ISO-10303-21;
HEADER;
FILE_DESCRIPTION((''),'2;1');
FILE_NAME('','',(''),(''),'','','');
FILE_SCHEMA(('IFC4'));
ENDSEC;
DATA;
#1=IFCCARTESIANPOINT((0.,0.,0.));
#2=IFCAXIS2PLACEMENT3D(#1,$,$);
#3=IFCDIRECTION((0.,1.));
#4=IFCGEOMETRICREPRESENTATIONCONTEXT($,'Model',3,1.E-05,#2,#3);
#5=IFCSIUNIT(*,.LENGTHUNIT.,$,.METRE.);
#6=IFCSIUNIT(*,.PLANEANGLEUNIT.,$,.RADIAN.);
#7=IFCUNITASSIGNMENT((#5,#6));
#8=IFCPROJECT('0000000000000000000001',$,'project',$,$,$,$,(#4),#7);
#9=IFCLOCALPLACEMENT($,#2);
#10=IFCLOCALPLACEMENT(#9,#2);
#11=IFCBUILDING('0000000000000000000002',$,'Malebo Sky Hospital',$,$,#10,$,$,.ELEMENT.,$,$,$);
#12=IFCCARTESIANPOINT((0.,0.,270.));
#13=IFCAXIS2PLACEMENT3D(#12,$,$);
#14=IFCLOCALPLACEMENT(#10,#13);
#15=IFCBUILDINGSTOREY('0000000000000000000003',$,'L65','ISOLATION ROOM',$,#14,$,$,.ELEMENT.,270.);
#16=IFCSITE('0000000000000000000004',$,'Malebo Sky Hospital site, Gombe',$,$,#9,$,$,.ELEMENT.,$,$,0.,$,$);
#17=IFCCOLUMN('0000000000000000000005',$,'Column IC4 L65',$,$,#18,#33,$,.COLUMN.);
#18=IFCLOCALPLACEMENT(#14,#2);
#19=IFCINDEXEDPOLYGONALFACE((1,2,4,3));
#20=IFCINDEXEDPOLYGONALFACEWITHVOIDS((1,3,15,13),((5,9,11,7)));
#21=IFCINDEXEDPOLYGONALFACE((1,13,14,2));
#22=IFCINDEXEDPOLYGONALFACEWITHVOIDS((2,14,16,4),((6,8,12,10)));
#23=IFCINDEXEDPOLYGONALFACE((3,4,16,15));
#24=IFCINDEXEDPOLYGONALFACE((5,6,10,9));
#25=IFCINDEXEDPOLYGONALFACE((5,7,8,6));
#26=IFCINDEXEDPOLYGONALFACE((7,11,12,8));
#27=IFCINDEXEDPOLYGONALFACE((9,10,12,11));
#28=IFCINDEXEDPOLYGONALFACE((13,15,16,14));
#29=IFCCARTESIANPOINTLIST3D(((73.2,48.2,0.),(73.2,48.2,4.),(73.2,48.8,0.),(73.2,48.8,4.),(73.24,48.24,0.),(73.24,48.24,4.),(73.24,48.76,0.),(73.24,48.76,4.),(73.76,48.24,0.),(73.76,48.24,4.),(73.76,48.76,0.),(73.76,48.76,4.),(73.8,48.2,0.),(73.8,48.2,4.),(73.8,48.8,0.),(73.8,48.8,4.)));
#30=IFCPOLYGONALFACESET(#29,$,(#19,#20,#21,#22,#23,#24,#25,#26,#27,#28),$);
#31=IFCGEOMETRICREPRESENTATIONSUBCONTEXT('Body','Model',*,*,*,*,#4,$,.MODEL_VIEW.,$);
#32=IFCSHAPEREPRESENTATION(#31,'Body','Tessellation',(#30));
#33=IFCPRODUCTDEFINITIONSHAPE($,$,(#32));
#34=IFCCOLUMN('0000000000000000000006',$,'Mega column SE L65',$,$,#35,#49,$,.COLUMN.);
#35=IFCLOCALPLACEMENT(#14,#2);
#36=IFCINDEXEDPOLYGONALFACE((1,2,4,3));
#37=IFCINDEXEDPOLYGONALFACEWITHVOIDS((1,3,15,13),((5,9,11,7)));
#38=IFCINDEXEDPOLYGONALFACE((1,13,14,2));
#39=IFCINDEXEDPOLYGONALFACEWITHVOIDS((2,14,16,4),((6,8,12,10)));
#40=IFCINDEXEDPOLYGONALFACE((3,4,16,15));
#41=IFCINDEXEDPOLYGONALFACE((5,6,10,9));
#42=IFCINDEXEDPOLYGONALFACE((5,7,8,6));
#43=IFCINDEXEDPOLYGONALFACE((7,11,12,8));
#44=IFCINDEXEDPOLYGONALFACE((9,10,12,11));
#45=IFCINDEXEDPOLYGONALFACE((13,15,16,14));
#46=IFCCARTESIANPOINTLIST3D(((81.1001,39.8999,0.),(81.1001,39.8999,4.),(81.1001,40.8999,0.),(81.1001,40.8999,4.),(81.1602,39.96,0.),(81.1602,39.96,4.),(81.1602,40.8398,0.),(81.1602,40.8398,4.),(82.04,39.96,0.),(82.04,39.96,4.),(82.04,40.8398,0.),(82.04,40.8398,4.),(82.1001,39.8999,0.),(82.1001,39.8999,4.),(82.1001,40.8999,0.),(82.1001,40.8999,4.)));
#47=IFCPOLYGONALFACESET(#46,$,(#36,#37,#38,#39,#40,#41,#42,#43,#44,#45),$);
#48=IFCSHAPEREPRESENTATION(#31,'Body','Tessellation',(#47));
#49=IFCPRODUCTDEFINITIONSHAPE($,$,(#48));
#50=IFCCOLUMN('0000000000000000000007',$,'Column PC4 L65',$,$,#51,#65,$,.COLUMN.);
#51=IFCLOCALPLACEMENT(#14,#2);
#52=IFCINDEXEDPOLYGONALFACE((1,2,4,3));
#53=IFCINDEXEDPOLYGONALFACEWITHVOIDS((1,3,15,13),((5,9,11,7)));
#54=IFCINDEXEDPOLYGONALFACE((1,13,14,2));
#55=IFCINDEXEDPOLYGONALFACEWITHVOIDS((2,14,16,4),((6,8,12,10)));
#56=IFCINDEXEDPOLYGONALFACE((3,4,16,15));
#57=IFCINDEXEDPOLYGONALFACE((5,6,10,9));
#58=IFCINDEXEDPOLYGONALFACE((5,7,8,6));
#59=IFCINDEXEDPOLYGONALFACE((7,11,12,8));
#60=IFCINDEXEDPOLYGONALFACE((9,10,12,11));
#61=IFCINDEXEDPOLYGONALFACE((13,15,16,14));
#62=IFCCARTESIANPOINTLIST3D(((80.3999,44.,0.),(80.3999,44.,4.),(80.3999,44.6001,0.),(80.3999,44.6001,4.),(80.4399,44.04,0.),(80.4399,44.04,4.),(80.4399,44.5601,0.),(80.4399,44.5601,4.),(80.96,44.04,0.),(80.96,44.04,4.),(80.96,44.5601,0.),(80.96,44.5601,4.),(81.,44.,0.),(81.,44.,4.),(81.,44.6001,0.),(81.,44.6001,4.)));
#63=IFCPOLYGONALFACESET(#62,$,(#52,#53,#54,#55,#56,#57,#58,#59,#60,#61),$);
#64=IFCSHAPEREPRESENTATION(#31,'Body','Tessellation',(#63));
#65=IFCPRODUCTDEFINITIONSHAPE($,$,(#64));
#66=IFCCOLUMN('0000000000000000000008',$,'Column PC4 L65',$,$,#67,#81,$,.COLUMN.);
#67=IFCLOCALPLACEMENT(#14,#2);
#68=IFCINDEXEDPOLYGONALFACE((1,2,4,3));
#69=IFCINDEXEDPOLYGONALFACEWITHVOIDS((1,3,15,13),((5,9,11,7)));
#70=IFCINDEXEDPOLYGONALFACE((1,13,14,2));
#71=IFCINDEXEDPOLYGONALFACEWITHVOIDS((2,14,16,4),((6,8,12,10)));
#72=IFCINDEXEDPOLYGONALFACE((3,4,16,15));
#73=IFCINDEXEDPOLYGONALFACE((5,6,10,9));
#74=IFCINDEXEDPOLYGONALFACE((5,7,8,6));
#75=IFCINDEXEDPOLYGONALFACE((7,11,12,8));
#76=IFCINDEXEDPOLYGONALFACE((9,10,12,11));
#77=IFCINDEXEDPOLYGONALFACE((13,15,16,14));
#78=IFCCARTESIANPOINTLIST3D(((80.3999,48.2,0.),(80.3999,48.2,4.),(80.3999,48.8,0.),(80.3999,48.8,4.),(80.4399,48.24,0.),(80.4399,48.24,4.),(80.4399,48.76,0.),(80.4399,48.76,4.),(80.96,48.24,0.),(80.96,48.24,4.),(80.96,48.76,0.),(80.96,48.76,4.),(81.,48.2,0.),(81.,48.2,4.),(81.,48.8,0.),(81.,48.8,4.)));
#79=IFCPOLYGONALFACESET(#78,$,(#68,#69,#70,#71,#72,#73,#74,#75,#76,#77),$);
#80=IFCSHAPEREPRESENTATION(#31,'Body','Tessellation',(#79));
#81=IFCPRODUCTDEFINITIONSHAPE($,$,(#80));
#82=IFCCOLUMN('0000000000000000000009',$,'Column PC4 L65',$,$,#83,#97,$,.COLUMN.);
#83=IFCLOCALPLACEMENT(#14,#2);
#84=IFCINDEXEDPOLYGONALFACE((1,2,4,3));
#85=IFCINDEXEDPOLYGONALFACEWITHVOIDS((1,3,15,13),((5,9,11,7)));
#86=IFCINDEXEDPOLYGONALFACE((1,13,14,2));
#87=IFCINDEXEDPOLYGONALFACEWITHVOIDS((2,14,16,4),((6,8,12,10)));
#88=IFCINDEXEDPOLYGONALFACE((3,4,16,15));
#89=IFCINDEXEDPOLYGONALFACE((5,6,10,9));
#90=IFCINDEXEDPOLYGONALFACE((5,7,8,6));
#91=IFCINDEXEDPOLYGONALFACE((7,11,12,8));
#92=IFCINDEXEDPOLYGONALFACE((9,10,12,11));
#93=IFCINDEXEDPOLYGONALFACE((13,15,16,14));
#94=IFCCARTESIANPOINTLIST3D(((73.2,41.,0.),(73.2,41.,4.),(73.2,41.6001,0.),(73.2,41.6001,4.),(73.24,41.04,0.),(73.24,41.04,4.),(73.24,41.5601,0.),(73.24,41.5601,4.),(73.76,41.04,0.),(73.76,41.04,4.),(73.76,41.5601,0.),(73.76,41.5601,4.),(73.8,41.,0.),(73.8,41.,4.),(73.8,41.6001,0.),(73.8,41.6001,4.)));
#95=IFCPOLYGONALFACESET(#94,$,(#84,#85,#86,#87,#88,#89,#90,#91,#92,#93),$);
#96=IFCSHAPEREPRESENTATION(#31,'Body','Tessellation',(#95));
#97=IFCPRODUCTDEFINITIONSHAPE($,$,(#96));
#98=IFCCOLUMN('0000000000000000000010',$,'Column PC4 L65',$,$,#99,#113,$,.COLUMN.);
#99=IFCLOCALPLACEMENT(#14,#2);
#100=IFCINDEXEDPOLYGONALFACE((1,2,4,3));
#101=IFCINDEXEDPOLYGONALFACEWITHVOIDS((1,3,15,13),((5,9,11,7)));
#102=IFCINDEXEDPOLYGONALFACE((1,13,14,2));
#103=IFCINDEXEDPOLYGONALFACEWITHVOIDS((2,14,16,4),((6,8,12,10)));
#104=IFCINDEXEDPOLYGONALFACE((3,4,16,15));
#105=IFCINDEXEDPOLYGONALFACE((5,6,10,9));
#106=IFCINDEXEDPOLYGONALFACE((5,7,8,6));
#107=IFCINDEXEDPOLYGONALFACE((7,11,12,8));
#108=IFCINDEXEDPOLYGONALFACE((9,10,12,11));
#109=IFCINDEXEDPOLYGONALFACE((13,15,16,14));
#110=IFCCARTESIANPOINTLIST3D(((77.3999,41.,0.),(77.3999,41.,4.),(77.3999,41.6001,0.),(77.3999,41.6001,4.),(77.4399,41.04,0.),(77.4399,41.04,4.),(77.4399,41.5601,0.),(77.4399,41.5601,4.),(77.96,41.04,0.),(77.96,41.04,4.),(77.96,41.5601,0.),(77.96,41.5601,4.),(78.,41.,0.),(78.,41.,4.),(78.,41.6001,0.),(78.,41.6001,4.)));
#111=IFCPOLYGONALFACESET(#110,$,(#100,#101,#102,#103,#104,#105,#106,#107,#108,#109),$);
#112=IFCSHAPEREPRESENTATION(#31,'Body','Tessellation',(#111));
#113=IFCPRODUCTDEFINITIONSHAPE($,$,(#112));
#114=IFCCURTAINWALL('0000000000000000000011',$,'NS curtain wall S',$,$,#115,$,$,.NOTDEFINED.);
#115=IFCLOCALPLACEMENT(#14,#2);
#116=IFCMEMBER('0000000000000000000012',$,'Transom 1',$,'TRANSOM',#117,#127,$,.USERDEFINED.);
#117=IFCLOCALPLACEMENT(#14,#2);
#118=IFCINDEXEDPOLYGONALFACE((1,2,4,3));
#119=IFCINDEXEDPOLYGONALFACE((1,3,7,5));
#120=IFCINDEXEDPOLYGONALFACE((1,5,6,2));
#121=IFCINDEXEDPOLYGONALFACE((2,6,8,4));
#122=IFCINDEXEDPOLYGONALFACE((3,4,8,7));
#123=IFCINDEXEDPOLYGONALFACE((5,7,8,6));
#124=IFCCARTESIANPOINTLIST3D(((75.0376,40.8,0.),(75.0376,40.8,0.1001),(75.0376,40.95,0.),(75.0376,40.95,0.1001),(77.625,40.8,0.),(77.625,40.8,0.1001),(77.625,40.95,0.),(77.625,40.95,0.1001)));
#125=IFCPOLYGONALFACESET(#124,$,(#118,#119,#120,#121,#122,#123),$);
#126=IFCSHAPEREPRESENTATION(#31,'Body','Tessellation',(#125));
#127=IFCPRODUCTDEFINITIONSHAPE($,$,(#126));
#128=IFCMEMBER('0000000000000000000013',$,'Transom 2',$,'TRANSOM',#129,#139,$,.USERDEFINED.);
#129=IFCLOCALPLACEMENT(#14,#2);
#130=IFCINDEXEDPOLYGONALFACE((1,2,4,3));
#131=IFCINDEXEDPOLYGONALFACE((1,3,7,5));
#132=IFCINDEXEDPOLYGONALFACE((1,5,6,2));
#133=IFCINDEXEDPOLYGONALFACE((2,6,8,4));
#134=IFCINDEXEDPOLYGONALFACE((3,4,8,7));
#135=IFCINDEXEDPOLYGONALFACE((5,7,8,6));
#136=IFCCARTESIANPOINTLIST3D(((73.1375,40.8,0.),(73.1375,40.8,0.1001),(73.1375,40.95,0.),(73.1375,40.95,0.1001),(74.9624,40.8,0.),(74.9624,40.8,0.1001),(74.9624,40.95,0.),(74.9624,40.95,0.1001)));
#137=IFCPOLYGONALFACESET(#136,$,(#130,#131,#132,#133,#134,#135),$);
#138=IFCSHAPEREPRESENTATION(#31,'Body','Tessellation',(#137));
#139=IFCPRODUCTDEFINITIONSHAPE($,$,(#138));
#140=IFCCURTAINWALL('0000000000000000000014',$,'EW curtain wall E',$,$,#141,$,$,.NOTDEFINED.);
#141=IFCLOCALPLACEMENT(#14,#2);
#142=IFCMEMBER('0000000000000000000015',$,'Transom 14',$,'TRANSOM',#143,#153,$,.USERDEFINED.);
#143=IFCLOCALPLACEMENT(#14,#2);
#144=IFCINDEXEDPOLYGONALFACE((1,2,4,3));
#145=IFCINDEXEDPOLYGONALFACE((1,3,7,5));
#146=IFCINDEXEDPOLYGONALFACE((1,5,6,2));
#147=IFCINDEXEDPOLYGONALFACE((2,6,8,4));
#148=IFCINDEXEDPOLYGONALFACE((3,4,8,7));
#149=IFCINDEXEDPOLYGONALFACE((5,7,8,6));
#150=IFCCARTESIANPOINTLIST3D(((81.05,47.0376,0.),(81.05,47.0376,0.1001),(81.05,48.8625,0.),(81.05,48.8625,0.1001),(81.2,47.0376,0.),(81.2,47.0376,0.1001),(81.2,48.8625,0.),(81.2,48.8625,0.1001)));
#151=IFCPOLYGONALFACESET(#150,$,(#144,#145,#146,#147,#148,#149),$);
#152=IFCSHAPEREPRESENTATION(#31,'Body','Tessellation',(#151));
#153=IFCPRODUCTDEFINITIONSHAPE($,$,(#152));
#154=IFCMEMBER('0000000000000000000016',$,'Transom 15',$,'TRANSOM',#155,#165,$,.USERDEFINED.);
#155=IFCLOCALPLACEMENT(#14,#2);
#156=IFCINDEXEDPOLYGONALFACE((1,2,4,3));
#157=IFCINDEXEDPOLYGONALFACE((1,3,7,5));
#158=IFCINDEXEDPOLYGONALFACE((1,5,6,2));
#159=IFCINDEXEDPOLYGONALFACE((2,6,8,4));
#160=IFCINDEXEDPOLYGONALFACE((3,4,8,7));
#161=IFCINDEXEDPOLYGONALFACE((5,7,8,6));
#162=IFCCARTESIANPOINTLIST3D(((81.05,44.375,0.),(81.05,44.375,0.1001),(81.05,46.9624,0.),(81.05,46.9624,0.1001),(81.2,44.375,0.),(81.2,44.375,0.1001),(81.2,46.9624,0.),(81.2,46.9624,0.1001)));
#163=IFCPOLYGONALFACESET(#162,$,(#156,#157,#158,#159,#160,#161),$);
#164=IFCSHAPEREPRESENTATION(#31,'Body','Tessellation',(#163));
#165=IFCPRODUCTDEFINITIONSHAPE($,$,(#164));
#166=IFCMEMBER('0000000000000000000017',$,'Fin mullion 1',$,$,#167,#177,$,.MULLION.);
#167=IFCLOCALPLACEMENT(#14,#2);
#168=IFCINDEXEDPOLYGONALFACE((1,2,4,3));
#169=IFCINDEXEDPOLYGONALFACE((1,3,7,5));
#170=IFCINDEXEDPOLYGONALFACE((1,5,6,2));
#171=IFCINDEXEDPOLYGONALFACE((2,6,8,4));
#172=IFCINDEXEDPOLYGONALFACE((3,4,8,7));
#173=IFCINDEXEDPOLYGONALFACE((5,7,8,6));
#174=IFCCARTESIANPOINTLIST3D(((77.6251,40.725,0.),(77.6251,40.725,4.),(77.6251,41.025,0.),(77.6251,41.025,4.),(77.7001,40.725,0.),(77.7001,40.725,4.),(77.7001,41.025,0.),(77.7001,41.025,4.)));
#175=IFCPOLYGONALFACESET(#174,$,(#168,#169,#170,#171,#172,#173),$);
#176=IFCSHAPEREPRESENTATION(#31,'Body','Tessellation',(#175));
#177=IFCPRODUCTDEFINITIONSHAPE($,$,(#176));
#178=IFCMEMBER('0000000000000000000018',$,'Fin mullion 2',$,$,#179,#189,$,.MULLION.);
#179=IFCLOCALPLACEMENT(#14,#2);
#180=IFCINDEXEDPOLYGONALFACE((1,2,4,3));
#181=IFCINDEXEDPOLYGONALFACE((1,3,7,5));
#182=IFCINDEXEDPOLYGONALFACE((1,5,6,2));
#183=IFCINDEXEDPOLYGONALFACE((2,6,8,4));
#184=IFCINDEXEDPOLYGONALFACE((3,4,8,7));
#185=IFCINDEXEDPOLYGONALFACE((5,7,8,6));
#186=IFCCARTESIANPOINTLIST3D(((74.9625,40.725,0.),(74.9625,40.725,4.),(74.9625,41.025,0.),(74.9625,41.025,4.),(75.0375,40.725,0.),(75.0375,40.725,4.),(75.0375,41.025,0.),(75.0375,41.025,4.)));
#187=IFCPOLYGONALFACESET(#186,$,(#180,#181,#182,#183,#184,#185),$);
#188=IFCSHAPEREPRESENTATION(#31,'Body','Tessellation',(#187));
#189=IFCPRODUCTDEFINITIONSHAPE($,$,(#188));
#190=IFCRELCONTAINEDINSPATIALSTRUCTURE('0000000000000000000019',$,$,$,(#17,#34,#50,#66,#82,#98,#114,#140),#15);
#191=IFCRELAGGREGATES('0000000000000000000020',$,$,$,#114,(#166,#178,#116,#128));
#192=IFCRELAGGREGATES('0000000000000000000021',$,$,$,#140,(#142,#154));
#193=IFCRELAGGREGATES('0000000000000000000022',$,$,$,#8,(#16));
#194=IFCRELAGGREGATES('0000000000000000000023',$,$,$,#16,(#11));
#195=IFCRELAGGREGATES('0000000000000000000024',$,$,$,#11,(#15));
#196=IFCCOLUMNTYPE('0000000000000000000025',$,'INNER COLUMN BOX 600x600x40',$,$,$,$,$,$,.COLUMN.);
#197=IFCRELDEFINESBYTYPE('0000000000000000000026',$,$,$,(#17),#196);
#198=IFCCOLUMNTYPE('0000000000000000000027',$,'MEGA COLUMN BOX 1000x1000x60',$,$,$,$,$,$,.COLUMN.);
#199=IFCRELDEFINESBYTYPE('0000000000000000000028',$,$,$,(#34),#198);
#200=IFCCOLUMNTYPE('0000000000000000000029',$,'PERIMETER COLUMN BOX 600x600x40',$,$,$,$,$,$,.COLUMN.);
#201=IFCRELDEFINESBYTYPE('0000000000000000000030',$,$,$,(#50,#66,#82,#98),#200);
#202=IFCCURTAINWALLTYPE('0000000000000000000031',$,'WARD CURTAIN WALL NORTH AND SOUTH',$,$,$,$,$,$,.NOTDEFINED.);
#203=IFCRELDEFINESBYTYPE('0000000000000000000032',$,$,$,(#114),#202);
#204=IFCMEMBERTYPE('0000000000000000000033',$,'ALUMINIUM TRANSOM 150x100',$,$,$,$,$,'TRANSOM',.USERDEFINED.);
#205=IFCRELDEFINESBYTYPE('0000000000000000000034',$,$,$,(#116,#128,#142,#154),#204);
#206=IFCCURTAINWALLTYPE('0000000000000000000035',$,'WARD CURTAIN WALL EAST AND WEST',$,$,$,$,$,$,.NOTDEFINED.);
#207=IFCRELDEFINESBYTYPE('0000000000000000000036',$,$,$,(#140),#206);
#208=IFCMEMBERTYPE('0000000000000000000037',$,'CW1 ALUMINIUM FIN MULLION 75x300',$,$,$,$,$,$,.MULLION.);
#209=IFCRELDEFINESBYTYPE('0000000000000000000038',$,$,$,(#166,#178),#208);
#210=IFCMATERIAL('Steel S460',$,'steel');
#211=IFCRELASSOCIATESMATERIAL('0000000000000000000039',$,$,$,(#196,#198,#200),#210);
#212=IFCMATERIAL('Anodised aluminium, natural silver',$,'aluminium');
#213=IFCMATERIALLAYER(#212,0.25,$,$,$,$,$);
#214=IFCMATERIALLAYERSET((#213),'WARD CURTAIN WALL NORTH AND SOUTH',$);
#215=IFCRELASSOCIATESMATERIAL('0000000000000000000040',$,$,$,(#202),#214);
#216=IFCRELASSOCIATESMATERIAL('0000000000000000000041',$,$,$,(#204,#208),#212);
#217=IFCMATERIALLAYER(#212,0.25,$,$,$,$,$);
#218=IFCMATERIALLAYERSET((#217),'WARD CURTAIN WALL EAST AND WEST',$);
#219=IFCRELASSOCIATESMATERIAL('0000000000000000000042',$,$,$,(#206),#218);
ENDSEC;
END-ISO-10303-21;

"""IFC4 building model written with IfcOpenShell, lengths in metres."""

from ifc_helpers import new_model, si_unit, direction, frame, origin, origin_2d, place, context, subcontext, project, spatial, rectangle, hollow_rectangle, extrude, material, layer, layer_set, material_profile, profile_set, type_object, element, aggregate, save


model = new_model("IFC4")

# Units and contexts
model_context = context("Model", 3, precision=1e-05, world=origin(), true_north=direction((0.0, 1.0)))
body_context = subcontext(model_context, "Body", "Model", "MODEL_VIEW")
ifc_project = project(units=[si_unit("LENGTHUNIT", "METRE"), si_unit("PLANEANGLEUNIT", "RADIAN")], contexts=[model_context])

# Site, building, storey
site_placement = place(None, origin())
site = spatial("IfcSite", under=ifc_project, at=site_placement, Name="Malebo Sky Hospital site, Gombe", CompositionType="ELEMENT", RefElevation=0.0)
building_placement = place(site_placement, origin())
building = spatial("IfcBuilding", under=site, at=building_placement, Name="Malebo Sky Hospital", CompositionType="ELEMENT")
storey_placement = place(building_placement, frame((0.0, 0.0, 270.0)))
storey = spatial("IfcBuildingStorey", under=building, at=storey_placement, Name="L65", Description="ISOLATION ROOM", CompositionType="ELEMENT", Elevation=270.0)

# Columns
ifc_material_1 = material(Name="Steel S460", Category="steel")
ifc_material_profile_1 = material_profile(ifc_material_1, hollow_rectangle(XDim=0.6001, YDim=0.6001, WallThickness=0.04, at=origin_2d()), Name="BOX 600x600x40")
ifc_profile_set_1 = profile_set([ifc_material_profile_1], Name="Steel S460")
column_type_1 = type_object("IfcColumnType", Name="INNER COLUMN BOX 600x600x40", PredefinedType="COLUMN", material=ifc_profile_set_1)
column_1_placement = place(storey_placement, frame((73.5, 48.5, 0.0), z_axis=(0.0, 0.0, 1.0), x_axis=(1.0, 0.0, 0.0)))
element("IfcColumn", 1, at=column_1_placement, inside=storey, type_object=column_type_1, Name="Column IC4 L65", PredefinedType="COLUMN", context=body_context, shape_type="SweptSolid", body=[
    extrude(hollow_rectangle(XDim=0.6001, YDim=0.6001, WallThickness=0.04, at=origin_2d()), origin(), (0.0, 0.0, 1.0), 4.0),
])
ifc_material_profile_2 = material_profile(ifc_material_1, hollow_rectangle(XDim=1.0, YDim=1.0, WallThickness=0.0601, at=origin_2d()), Name="BOX 1000x1000x60")
ifc_profile_set_2 = profile_set([ifc_material_profile_2], Name="Steel S460")
column_type_2 = type_object("IfcColumnType", Name="MEGA COLUMN BOX 1000x1000x60", PredefinedType="COLUMN", material=ifc_profile_set_2)
column_2_placement = place(storey_placement, frame((81.6001, 40.3999, 0.0), z_axis=(0.0, 0.0, 1.0), x_axis=(1.0, 0.0, 0.0)))
element("IfcColumn", 2, at=column_2_placement, inside=storey, type_object=column_type_2, Name="Mega column SE L65", PredefinedType="COLUMN", context=body_context, shape_type="SweptSolid", body=[
    extrude(hollow_rectangle(XDim=1.0, YDim=1.0, WallThickness=0.0601, at=origin_2d()), origin(), (0.0, 0.0, 1.0), 4.0),
])
ifc_material_profile_3 = material_profile(ifc_material_1, hollow_rectangle(XDim=0.6001, YDim=0.6001, WallThickness=0.04, at=origin_2d()), Name="BOX 600x600x40")
ifc_profile_set_3 = profile_set([ifc_material_profile_3], Name="Steel S460")
column_type_3 = type_object("IfcColumnType", Name="PERIMETER COLUMN BOX 600x600x40", PredefinedType="COLUMN", material=ifc_profile_set_3)
for number, where, z_axis, x_axis, name in (
    (3, (80.7, 44.3, 0.0), (0.0, 0.0, 1.0), (1.0, 0.0, 0.0), "Column PC4 L65"),
    (4, (80.7, 48.5, 0.0), (0.0, 0.0, 1.0), (1.0, 0.0, 0.0), "Column PC4 L65"),
    (5, (73.5, 41.3, 0.0), (0.0, 0.0, 1.0), (1.0, 0.0, 0.0), "Column PC4 L65"),
    (6, (77.7, 41.3, 0.0), (0.0, 0.0, 1.0), (1.0, 0.0, 0.0), "Column PC4 L65"),
):
    element("IfcColumn", number, at=place(storey_placement, frame(where, z_axis=z_axis, x_axis=x_axis)), inside=storey, type_object=column_type_3, Name=name, PredefinedType="COLUMN", context=body_context, shape_type="SweptSolid", body=[
        extrude(hollow_rectangle(XDim=0.6001, YDim=0.6001, WallThickness=0.04, at=origin_2d()), origin(), (0.0, 0.0, 1.0), 4.0),
    ])

# Curtain walls, members
ifc_material_2 = material(Name="Anodised aluminium, natural silver", Category="aluminium")
ifc_layer_1 = layer(ifc_material_2, 0.25)
ifc_layer_set_1 = layer_set([ifc_layer_1], Name="WARD CURTAIN WALL NORTH AND SOUTH")
curtain_wall_type_1 = type_object("IfcCurtainWallType", Name="WARD CURTAIN WALL NORTH AND SOUTH", PredefinedType="NOTDEFINED", material=ifc_layer_set_1)
curtain_wall_1_placement = place(storey_placement, origin())
curtain_wall_1 = element("IfcCurtainWall", 7, at=curtain_wall_1_placement, inside=storey, type_object=curtain_wall_type_1, Name="NS curtain wall S", PredefinedType="NOTDEFINED")
ifc_material_profile_4 = material_profile(ifc_material_2, rectangle(XDim=0.1499, YDim=0.1001, at=origin_2d()), Name="ALUMINIUM TRANSOM 150x100")
ifc_profile_set_4 = profile_set([ifc_material_profile_4], Name="Anodised aluminium, natural silver")
member_type_1 = type_object("IfcMemberType", Name="ALUMINIUM TRANSOM 150x100", ElementType="TRANSOM", PredefinedType="USERDEFINED", material=ifc_profile_set_4)
member_1_placement = place(storey_placement, frame((77.625, 40.875, 0.05), z_axis=(-1.0, 0.0, 0.0), x_axis=(0.0, -1.0, 0.0)))
member_1 = element("IfcMember", 8, at=member_1_placement, type_object=member_type_1, Name="Transom 1", ObjectType="TRANSOM", PredefinedType="USERDEFINED", context=body_context, shape_type="SweptSolid", body=[
    extrude(rectangle(XDim=0.1499, YDim=0.1001, at=origin_2d()), origin(), (0.0, 0.0, 1.0), 2.5874),
])
member_2_placement = place(storey_placement, frame((74.9624, 40.875, 0.05), z_axis=(-1.0, 0.0, 0.0), x_axis=(0.0, -1.0, 0.0)))
member_2 = element("IfcMember", 9, at=member_2_placement, type_object=member_type_1, Name="Transom 2", ObjectType="TRANSOM", PredefinedType="USERDEFINED", context=body_context, shape_type="SweptSolid", body=[
    extrude(rectangle(XDim=0.1499, YDim=0.1001, at=origin_2d()), origin(), (0.0, 0.0, 1.0), 1.825),
])
ifc_layer_2 = layer(ifc_material_2, 0.25)
ifc_layer_set_2 = layer_set([ifc_layer_2], Name="WARD CURTAIN WALL EAST AND WEST")
curtain_wall_type_2 = type_object("IfcCurtainWallType", Name="WARD CURTAIN WALL EAST AND WEST", PredefinedType="NOTDEFINED", material=ifc_layer_set_2)
curtain_wall_2_placement = place(storey_placement, origin())
curtain_wall_2 = element("IfcCurtainWall", 10, at=curtain_wall_2_placement, inside=storey, type_object=curtain_wall_type_2, Name="EW curtain wall E", PredefinedType="NOTDEFINED")
member_3_placement = place(storey_placement, frame((81.125, 48.8625, 0.05), z_axis=(0.0, -1.0, 0.0), x_axis=(1.0, 0.0, 0.0)))
member_3 = element("IfcMember", 11, at=member_3_placement, type_object=member_type_1, Name="Transom 14", ObjectType="TRANSOM", PredefinedType="USERDEFINED", context=body_context, shape_type="SweptSolid", body=[
    extrude(rectangle(XDim=0.1499, YDim=0.1001, at=origin_2d()), origin(), (0.0, 0.0, 1.0), 1.825),
])
member_4_placement = place(storey_placement, frame((81.125, 46.9624, 0.05), z_axis=(0.0, -1.0, 0.0), x_axis=(1.0, 0.0, 0.0)))
member_4 = element("IfcMember", 12, at=member_4_placement, type_object=member_type_1, Name="Transom 15", ObjectType="TRANSOM", PredefinedType="USERDEFINED", context=body_context, shape_type="SweptSolid", body=[
    extrude(rectangle(XDim=0.1499, YDim=0.1001, at=origin_2d()), origin(), (0.0, 0.0, 1.0), 2.5874),
])

# Members
ifc_material_profile_5 = material_profile(ifc_material_2, rectangle(XDim=0.075, YDim=0.3, at=origin_2d()), Name="CW1 ALUMINIUM FIN MULLION 75x300")
ifc_profile_set_5 = profile_set([ifc_material_profile_5], Name="Anodised aluminium, natural silver")
member_type_2 = type_object("IfcMemberType", Name="CW1 ALUMINIUM FIN MULLION 75x300", PredefinedType="MULLION", material=ifc_profile_set_5)
member_5_placement = place(storey_placement, frame((77.6626, 40.875, 0.0), z_axis=(0.0, 0.0, 1.0), x_axis=(-1.0, 0.0, 0.0)))
member_5 = element("IfcMember", 13, at=member_5_placement, type_object=member_type_2, Name="Fin mullion 1", PredefinedType="MULLION", context=body_context, shape_type="SweptSolid", body=[
    extrude(rectangle(XDim=0.075, YDim=0.3, at=origin_2d()), origin(), (0.0, 0.0, 1.0), 4.0),
])
member_6_placement = place(storey_placement, frame((75.0, 40.875, 0.0), z_axis=(0.0, 0.0, 1.0), x_axis=(-1.0, 0.0, 0.0)))
member_6 = element("IfcMember", 14, at=member_6_placement, type_object=member_type_2, Name="Fin mullion 2", PredefinedType="MULLION", context=body_context, shape_type="SweptSolid", body=[
    extrude(rectangle(XDim=0.075, YDim=0.3, at=origin_2d()), origin(), (0.0, 0.0, 1.0), 4.0),
])

aggregate(curtain_wall_1, [member_5, member_6, member_1, member_2])
aggregate(curtain_wall_2, [member_3, member_4])

save(model, "model.ifc")
